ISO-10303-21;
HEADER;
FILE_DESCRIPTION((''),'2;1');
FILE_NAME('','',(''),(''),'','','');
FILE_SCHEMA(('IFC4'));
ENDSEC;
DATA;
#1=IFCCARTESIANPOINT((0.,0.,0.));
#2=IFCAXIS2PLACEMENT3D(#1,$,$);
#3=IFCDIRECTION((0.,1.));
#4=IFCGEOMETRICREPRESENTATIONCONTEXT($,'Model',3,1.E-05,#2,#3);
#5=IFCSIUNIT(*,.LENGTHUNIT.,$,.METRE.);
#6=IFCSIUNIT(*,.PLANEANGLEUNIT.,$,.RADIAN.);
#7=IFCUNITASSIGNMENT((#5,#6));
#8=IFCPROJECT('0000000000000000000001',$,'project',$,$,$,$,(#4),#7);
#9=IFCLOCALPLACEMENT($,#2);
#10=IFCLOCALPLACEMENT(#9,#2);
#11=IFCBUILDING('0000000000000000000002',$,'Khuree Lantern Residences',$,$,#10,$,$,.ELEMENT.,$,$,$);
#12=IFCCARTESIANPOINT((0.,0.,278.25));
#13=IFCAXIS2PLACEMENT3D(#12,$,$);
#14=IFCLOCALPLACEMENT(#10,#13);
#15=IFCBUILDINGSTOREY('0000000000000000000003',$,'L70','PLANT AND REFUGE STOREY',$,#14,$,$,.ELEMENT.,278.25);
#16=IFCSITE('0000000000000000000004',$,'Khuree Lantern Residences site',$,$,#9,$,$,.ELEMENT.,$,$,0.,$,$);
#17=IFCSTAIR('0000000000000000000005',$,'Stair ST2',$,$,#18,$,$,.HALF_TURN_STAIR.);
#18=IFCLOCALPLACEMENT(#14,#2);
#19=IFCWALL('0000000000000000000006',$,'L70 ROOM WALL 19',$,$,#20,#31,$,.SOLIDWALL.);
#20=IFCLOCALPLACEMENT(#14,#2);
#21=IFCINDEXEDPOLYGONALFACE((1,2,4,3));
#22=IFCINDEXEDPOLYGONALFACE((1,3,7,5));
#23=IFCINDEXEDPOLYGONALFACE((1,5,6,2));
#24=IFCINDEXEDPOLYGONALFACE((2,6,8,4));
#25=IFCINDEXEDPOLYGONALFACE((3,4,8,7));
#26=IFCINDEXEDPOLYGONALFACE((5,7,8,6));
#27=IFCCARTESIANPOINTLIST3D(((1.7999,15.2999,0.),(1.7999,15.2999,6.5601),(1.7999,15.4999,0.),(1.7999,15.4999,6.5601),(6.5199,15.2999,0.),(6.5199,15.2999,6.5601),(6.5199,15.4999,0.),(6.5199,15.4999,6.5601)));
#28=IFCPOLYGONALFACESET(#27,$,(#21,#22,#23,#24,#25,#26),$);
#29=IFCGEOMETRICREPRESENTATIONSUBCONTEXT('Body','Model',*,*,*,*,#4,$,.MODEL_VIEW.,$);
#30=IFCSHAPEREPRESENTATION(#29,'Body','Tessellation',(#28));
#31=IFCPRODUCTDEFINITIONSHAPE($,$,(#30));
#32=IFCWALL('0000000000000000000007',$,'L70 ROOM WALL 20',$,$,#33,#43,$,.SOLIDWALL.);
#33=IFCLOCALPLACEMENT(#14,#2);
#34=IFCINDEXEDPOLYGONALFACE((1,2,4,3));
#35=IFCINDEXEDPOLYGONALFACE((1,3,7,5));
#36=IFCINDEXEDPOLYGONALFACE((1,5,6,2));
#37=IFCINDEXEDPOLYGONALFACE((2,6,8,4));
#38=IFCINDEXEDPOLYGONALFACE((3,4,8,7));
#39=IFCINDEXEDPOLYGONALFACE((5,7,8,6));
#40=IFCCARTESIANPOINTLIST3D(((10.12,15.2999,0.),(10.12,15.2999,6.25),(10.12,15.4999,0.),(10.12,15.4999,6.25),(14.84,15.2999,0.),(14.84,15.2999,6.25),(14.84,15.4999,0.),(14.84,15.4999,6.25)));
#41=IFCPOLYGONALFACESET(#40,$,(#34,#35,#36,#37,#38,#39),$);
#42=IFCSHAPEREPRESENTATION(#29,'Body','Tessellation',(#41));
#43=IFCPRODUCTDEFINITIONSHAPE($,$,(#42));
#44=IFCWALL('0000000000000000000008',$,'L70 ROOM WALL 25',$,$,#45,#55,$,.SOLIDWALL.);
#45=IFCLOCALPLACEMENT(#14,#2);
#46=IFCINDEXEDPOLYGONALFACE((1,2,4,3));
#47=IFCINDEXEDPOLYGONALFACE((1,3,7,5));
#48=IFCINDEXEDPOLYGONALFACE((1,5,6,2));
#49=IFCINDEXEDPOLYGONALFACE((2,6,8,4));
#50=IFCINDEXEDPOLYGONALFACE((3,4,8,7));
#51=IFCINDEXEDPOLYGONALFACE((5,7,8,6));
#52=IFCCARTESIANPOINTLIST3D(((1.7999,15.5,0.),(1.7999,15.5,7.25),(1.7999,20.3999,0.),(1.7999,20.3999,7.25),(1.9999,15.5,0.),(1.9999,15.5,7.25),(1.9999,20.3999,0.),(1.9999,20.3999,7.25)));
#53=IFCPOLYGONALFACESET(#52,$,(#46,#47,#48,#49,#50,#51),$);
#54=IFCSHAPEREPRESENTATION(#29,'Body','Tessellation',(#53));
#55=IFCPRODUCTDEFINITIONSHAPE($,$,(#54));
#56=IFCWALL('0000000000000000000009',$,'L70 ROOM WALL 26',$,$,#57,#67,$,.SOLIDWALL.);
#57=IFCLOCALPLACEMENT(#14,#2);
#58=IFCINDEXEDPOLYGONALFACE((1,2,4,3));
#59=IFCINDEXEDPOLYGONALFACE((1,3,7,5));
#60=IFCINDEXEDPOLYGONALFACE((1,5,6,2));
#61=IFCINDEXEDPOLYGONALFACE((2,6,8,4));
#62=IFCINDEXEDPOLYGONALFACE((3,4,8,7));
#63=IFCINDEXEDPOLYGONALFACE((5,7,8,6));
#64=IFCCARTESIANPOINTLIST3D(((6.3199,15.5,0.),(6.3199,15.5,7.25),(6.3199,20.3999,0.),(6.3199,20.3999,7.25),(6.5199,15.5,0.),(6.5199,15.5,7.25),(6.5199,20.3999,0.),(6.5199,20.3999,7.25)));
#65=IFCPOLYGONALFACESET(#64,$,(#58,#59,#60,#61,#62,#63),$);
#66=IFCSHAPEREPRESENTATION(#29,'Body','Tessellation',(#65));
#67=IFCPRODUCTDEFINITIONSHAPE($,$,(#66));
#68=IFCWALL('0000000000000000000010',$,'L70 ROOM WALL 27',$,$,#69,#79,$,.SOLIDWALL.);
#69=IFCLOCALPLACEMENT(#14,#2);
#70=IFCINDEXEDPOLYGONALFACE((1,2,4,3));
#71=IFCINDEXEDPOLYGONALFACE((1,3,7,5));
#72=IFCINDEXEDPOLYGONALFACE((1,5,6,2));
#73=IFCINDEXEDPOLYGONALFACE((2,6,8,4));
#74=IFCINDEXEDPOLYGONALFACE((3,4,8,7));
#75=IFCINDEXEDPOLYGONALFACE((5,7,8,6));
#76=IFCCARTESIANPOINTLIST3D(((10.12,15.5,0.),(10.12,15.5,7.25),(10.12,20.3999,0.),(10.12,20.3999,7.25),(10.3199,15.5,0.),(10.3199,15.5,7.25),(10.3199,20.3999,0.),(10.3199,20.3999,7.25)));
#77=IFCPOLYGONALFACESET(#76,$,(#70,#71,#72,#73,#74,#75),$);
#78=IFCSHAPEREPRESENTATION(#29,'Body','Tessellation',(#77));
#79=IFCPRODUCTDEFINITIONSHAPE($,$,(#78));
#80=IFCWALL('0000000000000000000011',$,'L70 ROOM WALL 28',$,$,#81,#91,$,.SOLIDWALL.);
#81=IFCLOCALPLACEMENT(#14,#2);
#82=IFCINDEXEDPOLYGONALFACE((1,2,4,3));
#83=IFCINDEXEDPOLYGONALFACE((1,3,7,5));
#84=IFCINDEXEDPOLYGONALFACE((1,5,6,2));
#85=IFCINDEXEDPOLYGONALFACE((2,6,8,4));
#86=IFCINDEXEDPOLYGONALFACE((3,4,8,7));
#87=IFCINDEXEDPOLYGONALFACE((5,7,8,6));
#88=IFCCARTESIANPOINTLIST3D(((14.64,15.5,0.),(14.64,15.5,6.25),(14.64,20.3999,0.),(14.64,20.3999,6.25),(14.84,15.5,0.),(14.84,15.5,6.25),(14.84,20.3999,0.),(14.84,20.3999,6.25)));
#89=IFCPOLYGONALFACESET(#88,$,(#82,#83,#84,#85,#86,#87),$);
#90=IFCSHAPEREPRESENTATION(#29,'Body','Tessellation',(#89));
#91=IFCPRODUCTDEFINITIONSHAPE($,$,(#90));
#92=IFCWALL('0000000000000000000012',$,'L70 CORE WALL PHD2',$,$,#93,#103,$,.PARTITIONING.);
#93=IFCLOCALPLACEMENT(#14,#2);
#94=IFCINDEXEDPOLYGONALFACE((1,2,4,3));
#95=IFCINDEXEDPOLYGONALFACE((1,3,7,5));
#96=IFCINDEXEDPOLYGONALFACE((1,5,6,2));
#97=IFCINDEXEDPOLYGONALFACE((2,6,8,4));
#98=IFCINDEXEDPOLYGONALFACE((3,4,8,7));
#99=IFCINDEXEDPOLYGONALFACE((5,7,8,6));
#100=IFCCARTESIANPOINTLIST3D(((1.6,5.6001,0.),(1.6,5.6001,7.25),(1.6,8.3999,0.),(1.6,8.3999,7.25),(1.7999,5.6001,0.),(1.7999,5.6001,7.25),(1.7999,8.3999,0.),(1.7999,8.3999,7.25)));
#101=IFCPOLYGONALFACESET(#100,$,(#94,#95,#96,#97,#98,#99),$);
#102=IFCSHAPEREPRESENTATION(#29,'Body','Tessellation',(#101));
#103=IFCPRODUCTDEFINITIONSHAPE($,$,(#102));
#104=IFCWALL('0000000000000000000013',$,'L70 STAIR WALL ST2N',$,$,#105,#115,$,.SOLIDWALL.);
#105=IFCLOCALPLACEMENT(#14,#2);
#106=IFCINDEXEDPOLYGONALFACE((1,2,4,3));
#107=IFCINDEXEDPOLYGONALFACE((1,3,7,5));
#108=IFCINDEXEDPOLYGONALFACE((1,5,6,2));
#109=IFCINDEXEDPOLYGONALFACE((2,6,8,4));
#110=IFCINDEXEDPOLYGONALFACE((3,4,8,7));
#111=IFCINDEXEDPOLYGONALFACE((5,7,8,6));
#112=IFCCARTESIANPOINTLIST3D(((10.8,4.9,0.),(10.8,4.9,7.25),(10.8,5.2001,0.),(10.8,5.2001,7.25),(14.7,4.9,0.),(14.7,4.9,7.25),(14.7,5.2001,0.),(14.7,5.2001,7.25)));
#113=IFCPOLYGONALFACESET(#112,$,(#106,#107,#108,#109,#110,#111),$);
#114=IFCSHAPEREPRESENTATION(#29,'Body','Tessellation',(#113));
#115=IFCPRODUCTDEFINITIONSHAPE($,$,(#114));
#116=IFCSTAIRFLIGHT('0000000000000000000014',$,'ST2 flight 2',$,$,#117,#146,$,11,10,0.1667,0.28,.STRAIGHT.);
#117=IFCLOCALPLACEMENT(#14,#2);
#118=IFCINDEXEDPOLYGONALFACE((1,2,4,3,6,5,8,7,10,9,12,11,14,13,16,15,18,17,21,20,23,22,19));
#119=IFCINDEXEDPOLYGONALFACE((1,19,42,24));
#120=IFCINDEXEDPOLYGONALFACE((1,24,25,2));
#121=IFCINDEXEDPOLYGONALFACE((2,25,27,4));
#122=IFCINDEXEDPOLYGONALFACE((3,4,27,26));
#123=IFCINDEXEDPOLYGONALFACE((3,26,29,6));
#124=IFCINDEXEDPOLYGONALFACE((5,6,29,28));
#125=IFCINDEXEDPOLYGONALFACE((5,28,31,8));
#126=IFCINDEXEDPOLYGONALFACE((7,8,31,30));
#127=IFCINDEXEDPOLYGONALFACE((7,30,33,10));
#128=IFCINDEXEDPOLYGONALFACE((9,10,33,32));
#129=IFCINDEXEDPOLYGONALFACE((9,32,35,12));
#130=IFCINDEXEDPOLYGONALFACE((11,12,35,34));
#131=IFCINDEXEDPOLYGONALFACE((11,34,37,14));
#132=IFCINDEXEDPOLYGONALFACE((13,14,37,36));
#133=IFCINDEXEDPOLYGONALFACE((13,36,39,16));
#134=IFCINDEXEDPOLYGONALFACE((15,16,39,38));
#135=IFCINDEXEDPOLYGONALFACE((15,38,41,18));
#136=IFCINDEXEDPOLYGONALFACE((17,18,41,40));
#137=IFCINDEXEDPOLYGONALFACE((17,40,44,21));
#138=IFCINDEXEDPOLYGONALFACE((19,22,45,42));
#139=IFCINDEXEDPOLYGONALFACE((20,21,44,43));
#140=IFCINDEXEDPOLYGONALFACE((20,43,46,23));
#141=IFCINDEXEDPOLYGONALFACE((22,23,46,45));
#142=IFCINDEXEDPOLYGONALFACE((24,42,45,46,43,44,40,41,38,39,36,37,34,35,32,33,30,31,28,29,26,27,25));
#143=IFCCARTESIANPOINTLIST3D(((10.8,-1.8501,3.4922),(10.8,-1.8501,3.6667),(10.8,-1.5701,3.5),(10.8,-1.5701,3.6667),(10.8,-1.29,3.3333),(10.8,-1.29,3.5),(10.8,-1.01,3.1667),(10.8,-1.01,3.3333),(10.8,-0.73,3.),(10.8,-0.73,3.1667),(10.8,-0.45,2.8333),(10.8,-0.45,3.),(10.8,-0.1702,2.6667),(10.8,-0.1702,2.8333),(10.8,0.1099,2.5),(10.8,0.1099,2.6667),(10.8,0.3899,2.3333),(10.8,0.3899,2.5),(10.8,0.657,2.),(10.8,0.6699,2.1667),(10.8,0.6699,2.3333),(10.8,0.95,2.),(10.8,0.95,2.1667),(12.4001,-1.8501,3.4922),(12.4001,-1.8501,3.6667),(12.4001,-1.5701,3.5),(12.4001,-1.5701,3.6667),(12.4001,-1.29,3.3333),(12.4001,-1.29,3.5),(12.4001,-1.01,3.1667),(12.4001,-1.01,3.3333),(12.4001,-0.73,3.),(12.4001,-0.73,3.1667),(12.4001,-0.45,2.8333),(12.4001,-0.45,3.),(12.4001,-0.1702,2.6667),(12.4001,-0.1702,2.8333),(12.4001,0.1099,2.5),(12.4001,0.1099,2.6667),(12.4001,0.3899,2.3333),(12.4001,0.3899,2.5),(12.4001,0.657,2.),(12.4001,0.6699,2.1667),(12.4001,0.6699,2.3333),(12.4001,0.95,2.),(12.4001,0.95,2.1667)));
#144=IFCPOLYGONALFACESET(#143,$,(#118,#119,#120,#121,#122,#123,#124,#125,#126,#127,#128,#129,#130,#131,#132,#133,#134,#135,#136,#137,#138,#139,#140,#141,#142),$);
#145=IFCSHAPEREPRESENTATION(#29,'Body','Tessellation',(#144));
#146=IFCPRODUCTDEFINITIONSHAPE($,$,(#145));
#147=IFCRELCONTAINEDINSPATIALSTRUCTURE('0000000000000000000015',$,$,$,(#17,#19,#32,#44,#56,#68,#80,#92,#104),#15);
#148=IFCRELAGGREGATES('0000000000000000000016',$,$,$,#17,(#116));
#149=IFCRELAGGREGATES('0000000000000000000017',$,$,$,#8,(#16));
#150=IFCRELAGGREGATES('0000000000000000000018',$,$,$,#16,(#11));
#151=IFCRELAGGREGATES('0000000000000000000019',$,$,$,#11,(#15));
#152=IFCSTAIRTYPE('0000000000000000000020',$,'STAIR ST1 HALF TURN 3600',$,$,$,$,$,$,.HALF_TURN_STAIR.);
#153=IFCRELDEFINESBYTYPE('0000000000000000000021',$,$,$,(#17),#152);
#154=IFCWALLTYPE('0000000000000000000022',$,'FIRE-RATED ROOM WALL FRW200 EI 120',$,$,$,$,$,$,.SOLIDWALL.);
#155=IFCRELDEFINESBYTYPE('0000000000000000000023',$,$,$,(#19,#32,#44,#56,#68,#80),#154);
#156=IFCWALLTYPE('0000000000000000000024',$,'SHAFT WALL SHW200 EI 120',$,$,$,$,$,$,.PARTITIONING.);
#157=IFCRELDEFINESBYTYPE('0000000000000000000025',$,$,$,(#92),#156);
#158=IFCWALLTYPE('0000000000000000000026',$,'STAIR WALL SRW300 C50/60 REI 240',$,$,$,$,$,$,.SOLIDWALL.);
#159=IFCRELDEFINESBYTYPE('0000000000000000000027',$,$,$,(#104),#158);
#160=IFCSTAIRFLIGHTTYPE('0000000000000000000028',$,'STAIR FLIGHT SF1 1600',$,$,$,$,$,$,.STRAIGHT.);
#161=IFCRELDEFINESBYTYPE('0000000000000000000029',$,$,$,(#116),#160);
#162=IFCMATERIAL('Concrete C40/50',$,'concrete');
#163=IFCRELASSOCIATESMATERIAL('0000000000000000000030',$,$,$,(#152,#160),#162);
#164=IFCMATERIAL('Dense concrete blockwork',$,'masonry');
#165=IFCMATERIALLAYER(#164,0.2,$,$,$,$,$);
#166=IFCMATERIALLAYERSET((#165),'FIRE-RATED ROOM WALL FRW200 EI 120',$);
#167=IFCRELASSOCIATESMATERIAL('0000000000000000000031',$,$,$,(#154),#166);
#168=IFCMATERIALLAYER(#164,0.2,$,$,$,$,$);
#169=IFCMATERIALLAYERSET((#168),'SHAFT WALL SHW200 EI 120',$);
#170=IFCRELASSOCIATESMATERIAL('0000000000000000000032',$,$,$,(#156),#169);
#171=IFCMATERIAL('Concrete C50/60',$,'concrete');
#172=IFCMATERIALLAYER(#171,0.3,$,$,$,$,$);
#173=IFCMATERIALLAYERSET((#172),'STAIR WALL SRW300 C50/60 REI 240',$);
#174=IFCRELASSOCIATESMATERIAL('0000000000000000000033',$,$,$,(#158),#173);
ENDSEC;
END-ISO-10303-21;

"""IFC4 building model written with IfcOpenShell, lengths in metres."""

from ifc_helpers import new_model, si_unit, direction, frame, frame_2d, origin, place, context, subcontext, project, spatial, polyline, rectangle, outline, extrude, material, layer, layer_set, type_object, element, aggregate, save


model = new_model("IFC4")

# Units and contexts
model_context = context("Model", 3, precision=1e-05, world=origin(), true_north=direction((0.0, 1.0)))
body_context = subcontext(model_context, "Body", "Model", "MODEL_VIEW")
ifc_project = project(units=[si_unit("LENGTHUNIT", "METRE"), si_unit("PLANEANGLEUNIT", "RADIAN")], contexts=[model_context])

# Site, building, storey
site_placement = place(None, origin())
site = spatial("IfcSite", under=ifc_project, at=site_placement, Name="Khuree Lantern Residences site", CompositionType="ELEMENT", RefElevation=0.0)
building_placement = place(site_placement, origin())
building = spatial("IfcBuilding", under=site, at=building_placement, Name="Khuree Lantern Residences", CompositionType="ELEMENT")
storey_placement = place(building_placement, frame((0.0, 0.0, 278.25)))
storey = spatial("IfcBuildingStorey", under=building, at=storey_placement, Name="L70", Description="PLANT AND REFUGE STOREY", CompositionType="ELEMENT", Elevation=278.25)

# Shared definitions
ifc_material_1 = material(Name="Concrete C50/60", Category="concrete")

# Stair
ifc_material_2 = material(Name="Concrete C40/50", Category="concrete")
stair_type = type_object("IfcStairType", Name="STAIR ST1 HALF TURN 3600", PredefinedType="HALF_TURN_STAIR", material=ifc_material_2)
stair_placement = place(storey_placement, origin())
stair = element("IfcStair", 1, at=stair_placement, inside=storey, type_object=stair_type, Name="Stair ST2", PredefinedType="HALF_TURN_STAIR")

# Shared definitions
ifc_material_3 = material(Name="Dense concrete blockwork", Category="masonry")

# Walls
ifc_layer_1 = layer(ifc_material_3, 0.2)
ifc_layer_set_1 = layer_set([ifc_layer_1], Name="FIRE-RATED ROOM WALL FRW200 EI 120")
wall_type_1 = type_object("IfcWallType", Name="FIRE-RATED ROOM WALL FRW200 EI 120", PredefinedType="SOLIDWALL", material=ifc_layer_set_1)
wall_1_placement = place(storey_placement, frame((1.8, 15.3999, 0.0), z_axis=(0.0, 0.0, 1.0), x_axis=(1.0, 0.0, 0.0)))
element("IfcWall", 2, at=wall_1_placement, inside=storey, type_object=wall_type_1, Name="L70 ROOM WALL 19", PredefinedType="SOLIDWALL", context=body_context, shape_type="SweptSolid", body=[
    extrude(rectangle(XDim=4.72, YDim=0.2, at=frame_2d((2.3599, 0.0))), origin(), (0.0, 0.0, 1.0), 6.5601),
])
wall_2_placement = place(storey_placement, frame((10.1201, 15.3999, 0.0), z_axis=(0.0, 0.0, 1.0), x_axis=(1.0, 0.0, 0.0)))
element("IfcWall", 3, at=wall_2_placement, inside=storey, type_object=wall_type_1, Name="L70 ROOM WALL 20", PredefinedType="SOLIDWALL", context=body_context, shape_type="SweptSolid", body=[
    extrude(rectangle(XDim=4.72, YDim=0.2, at=frame_2d((2.3599, 0.0))), origin(), (0.0, 0.0, 1.0), 6.25),
])
for number, where, z_axis, x_axis, name in (
    (4, (1.8999, 15.5, 0.0), (0.0, 0.0, 1.0), (0.0, 1.0, 0.0), "L70 ROOM WALL 25"),
    (5, (6.4199, 15.5, 0.0), (0.0, 0.0, 1.0), (0.0, 1.0, 0.0), "L70 ROOM WALL 26"),
    (6, (10.22, 15.5, 0.0), (0.0, 0.0, 1.0), (0.0, 1.0, 0.0), "L70 ROOM WALL 27"),
):
    element("IfcWall", number, at=place(storey_placement, frame(where, z_axis=z_axis, x_axis=x_axis)), inside=storey, type_object=wall_type_1, Name=name, PredefinedType="SOLIDWALL", context=body_context, shape_type="SweptSolid", body=[
        extrude(rectangle(XDim=4.8999, YDim=0.2, at=frame_2d((2.45, 0.0))), origin(), (0.0, 0.0, 1.0), 7.25),
    ])
wall_3_placement = place(storey_placement, frame((14.74, 15.5, 0.0), z_axis=(0.0, 0.0, 1.0), x_axis=(0.0, 1.0, 0.0)))
element("IfcWall", 7, at=wall_3_placement, inside=storey, type_object=wall_type_1, Name="L70 ROOM WALL 28", PredefinedType="SOLIDWALL", context=body_context, shape_type="SweptSolid", body=[
    extrude(rectangle(XDim=4.8999, YDim=0.2, at=frame_2d((2.45, 0.0))), origin(), (0.0, 0.0, 1.0), 6.25),
])

# Walls
ifc_layer_2 = layer(ifc_material_3, 0.2)
ifc_layer_set_2 = layer_set([ifc_layer_2], Name="SHAFT WALL SHW200 EI 120")
wall_type_2 = type_object("IfcWallType", Name="SHAFT WALL SHW200 EI 120", PredefinedType="PARTITIONING", material=ifc_layer_set_2)
wall_4_placement = place(storey_placement, frame((1.7, 5.6001, 0.0), z_axis=(0.0, 0.0, 1.0), x_axis=(0.0, 1.0, 0.0)))
element("IfcWall", 8, at=wall_4_placement, inside=storey, type_object=wall_type_2, Name="L70 CORE WALL PHD2", PredefinedType="PARTITIONING", context=body_context, shape_type="SweptSolid", body=[
    extrude(rectangle(XDim=2.7998, YDim=0.2, at=frame_2d((1.3999, 0.0))), origin(), (0.0, 0.0, 1.0), 7.25),
])
ifc_layer_3 = layer(ifc_material_1, 0.3)
ifc_layer_set_3 = layer_set([ifc_layer_3], Name="STAIR WALL SRW300 C50/60 REI 240")
wall_type_3 = type_object("IfcWallType", Name="STAIR WALL SRW300 C50/60 REI 240", PredefinedType="SOLIDWALL", material=ifc_layer_set_3)
wall_5_placement = place(storey_placement, frame((14.7, 5.05, 0.0), z_axis=(0.0, 0.0, 1.0), x_axis=(-1.0, 0.0, 0.0)))
element("IfcWall", 9, at=wall_5_placement, inside=storey, type_object=wall_type_3, Name="L70 STAIR WALL ST2N", PredefinedType="SOLIDWALL", context=body_context, shape_type="SweptSolid", body=[
    extrude(rectangle(XDim=3.8999, YDim=0.3, at=frame_2d((1.95, 0.0))), origin(), (0.0, 0.0, 1.0), 7.25),
])

# Stair flight
stair_flight_type = type_object("IfcStairFlightType", Name="STAIR FLIGHT SF1 1600", PredefinedType="STRAIGHT", material=ifc_material_2)
stair_flight_placement = place(storey_placement, frame((11.6001, 0.95, 2.0), z_axis=(0.0, 0.0, 1.0), x_axis=(0.0, -1.0, 0.0)))
stair_flight = element("IfcStairFlight", 10, at=stair_flight_placement, type_object=stair_flight_type, Name="ST2 flight 2", NumberOfRisers=11, NumberOfTreads=10, PredefinedType="STRAIGHT", RiserHeight=0.1667, TreadLength=0.28, context=body_context, shape_type="SweptSolid", body=[
    extrude(outline(polyline([(0.0, 0.0), (0.0, 0.1667), (0.28, 0.1667), (0.28, 0.3333), (0.5601, 0.3333), (0.5601, 0.5), (0.8401, 0.5), (0.8401, 0.6667), (1.1201, 0.6667), (1.1201, 0.8333), (1.3999, 0.8333), (1.3999, 1.0), (1.6799, 1.0), (1.6799, 1.1667), (1.96, 1.1667), (1.96, 1.3333), (2.24, 1.3333), (2.24, 1.5), (2.52, 1.5), (2.52, 1.6667), (2.8, 1.6667), (2.8, 1.8333), (2.8, 1.4922), (0.293, 0.0), (0.0, 0.0)])), frame((0.0, 0.8, 0.0), z_axis=(0.0, -1.0, 0.0), x_axis=(1.0, 0.0, 0.0)), (0.0, 0.0, 1.0), 1.6001),
])
aggregate(stair, [stair_flight])

save(model, "model.ifc")
